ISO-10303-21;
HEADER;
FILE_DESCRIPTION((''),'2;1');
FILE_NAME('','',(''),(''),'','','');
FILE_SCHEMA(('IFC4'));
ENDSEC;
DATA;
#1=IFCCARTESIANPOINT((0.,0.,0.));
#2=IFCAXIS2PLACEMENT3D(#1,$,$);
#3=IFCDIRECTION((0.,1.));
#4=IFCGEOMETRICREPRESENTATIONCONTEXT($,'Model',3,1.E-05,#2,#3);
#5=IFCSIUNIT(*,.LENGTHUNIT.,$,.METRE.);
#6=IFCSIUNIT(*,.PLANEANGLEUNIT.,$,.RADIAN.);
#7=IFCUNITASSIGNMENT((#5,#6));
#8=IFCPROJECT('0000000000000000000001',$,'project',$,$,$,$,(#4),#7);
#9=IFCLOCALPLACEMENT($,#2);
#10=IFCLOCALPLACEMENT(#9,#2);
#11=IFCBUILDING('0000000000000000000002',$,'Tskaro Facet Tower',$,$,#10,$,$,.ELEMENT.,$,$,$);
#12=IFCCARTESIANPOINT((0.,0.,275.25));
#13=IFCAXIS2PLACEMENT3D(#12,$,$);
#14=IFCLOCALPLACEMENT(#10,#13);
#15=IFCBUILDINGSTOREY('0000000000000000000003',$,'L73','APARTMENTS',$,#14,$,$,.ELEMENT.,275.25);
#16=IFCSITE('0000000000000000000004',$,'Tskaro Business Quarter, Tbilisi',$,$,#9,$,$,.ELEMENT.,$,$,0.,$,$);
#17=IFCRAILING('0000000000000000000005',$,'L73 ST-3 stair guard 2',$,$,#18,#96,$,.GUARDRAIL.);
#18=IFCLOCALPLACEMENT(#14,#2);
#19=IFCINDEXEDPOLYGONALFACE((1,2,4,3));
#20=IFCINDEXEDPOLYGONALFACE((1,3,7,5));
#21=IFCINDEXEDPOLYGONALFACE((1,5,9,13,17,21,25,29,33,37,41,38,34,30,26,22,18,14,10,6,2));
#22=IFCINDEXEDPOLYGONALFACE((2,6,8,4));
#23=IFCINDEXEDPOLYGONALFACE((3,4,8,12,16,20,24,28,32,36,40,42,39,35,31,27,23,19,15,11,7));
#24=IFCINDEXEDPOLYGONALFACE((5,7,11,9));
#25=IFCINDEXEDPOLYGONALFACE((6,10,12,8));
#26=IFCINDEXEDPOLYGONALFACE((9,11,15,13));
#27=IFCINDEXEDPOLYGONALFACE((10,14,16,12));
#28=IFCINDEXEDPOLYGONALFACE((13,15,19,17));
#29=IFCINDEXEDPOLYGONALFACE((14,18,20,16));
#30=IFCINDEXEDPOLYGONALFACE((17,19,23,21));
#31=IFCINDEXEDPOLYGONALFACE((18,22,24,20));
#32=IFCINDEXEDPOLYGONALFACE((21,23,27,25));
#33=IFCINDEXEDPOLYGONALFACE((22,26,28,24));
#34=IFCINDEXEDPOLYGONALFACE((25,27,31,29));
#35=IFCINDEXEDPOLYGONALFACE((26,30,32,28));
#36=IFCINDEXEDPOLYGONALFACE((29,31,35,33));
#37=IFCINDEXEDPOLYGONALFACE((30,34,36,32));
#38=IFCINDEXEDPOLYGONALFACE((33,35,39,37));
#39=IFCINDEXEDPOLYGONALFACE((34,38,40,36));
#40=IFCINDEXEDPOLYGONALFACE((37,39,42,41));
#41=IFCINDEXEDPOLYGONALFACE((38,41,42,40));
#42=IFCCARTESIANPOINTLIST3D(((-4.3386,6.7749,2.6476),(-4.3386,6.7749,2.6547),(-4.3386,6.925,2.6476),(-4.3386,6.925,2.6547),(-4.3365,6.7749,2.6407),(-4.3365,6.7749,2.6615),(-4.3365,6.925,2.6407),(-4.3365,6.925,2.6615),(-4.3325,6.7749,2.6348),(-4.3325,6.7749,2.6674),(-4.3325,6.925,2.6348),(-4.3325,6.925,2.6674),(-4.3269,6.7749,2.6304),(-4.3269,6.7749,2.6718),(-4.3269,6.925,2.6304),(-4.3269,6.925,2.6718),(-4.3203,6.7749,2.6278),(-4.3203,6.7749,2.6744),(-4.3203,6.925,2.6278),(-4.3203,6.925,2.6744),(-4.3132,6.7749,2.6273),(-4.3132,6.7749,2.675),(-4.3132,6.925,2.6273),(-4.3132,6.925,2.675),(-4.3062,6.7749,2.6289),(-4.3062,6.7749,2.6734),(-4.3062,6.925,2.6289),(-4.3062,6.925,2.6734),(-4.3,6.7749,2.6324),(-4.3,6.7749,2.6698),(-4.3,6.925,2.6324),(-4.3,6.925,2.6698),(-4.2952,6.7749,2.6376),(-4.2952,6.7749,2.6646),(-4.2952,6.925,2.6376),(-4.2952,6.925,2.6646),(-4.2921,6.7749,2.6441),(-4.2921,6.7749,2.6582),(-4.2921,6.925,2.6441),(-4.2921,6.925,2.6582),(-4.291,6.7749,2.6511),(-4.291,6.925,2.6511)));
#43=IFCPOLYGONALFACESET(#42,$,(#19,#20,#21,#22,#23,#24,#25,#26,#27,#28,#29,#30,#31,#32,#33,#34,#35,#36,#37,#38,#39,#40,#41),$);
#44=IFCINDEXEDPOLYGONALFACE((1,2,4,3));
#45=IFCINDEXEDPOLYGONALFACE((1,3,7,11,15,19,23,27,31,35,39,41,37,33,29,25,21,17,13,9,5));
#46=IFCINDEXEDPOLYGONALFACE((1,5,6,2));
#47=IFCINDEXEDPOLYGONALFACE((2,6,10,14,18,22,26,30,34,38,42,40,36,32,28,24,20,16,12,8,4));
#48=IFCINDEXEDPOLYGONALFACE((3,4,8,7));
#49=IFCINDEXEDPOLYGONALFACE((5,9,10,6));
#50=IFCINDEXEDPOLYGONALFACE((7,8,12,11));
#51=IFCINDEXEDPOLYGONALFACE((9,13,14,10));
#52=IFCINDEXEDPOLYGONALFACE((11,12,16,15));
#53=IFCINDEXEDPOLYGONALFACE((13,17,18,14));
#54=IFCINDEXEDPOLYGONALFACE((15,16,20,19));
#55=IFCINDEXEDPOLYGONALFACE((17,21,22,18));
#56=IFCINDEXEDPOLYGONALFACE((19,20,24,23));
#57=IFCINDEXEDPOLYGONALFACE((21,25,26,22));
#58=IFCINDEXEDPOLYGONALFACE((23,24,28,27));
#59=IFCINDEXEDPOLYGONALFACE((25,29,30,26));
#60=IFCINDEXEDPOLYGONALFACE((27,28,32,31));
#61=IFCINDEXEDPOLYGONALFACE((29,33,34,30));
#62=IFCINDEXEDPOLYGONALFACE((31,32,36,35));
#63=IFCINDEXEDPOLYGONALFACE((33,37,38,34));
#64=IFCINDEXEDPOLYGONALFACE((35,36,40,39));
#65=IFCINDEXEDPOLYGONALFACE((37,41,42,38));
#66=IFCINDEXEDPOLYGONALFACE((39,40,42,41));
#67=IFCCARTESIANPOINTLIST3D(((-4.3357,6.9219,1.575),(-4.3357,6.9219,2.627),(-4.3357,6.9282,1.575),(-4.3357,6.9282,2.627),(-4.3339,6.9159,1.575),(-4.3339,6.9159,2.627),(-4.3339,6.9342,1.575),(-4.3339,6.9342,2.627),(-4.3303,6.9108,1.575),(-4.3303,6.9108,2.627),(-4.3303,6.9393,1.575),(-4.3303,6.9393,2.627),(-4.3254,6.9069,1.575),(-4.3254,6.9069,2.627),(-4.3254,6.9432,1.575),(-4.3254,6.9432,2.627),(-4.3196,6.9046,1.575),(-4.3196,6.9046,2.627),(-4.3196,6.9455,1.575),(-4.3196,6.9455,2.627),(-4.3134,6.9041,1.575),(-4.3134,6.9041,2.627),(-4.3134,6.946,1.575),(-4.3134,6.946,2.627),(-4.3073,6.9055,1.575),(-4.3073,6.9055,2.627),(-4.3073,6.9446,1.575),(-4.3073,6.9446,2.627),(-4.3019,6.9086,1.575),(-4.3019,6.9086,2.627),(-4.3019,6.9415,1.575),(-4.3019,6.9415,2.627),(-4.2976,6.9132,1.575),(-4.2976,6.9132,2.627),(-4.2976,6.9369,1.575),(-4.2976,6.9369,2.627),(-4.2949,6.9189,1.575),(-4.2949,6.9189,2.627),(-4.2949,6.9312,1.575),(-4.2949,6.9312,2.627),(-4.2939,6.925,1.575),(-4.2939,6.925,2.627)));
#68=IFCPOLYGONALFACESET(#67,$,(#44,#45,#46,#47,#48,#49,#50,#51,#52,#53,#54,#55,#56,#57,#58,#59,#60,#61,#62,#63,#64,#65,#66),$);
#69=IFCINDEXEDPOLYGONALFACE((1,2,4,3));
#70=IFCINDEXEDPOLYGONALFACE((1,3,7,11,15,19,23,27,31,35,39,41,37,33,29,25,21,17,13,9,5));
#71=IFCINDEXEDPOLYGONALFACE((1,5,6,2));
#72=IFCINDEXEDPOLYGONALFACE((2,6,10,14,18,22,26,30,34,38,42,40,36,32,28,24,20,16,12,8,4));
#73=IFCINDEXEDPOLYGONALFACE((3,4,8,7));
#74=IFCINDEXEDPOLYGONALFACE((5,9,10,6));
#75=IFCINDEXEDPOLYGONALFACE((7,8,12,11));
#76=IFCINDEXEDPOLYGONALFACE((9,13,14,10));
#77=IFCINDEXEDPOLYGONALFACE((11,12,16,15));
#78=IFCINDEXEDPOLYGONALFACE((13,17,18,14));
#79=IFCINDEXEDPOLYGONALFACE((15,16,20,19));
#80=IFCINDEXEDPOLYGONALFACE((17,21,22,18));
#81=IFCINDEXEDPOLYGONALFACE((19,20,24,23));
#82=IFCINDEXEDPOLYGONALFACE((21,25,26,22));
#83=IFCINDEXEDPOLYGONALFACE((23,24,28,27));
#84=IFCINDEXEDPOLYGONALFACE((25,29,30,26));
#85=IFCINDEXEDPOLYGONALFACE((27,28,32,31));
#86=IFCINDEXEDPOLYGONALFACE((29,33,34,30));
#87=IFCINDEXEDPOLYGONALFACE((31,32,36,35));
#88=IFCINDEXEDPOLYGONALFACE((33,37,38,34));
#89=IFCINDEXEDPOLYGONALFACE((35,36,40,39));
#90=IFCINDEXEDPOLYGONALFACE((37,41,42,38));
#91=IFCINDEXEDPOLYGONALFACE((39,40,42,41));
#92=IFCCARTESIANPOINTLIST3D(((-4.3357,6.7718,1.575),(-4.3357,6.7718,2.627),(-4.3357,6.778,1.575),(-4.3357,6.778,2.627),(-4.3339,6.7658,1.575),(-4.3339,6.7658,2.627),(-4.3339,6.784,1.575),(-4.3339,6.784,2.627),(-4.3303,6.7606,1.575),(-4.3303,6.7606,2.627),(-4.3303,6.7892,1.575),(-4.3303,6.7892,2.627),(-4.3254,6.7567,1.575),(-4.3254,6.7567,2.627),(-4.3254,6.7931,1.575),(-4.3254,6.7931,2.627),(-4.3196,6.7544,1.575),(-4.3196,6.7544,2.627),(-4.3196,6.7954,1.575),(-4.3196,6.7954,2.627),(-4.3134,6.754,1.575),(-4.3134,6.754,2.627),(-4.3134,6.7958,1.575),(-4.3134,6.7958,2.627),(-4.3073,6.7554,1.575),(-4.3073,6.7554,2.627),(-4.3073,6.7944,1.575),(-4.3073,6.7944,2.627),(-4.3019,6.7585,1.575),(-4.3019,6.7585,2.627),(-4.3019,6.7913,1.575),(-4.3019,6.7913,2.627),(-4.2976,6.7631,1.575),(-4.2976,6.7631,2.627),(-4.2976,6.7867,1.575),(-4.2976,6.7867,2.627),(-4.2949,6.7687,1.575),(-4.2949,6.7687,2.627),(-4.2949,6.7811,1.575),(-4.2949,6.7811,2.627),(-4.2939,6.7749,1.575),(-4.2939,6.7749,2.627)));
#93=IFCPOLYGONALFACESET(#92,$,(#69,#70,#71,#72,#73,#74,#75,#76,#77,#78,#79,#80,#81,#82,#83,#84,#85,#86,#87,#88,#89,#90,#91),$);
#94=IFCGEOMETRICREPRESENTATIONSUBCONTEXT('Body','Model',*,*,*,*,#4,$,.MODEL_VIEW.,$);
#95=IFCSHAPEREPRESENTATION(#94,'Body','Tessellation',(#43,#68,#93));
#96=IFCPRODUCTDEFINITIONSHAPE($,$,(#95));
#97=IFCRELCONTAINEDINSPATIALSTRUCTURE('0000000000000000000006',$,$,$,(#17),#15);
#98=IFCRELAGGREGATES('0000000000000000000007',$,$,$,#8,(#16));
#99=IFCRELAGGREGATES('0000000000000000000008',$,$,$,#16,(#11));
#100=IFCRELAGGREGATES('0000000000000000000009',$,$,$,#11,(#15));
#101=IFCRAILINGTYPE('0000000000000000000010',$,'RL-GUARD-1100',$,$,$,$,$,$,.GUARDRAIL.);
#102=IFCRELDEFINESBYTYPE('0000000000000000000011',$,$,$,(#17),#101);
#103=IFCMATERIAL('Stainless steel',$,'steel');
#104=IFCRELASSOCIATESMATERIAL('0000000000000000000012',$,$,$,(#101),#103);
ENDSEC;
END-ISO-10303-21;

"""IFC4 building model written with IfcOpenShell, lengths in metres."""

from ifc_helpers import new_model, si_unit, direction, frame, origin, origin_2d, place, context, subcontext, project, spatial, circle, extrude, material, type_object, element, save


model = new_model("IFC4")

# Units and contexts
model_context = context("Model", 3, precision=1e-05, world=origin(), true_north=direction((0.0, 1.0)))
body_context = subcontext(model_context, "Body", "Model", "MODEL_VIEW")
ifc_project = project(units=[si_unit("LENGTHUNIT", "METRE"), si_unit("PLANEANGLEUNIT", "RADIAN")], contexts=[model_context])

# Site, building, storey
site_placement = place(None, origin())
site = spatial("IfcSite", under=ifc_project, at=site_placement, Name="Tskaro Business Quarter, Tbilisi", CompositionType="ELEMENT", RefElevation=0.0)
building_placement = place(site_placement, origin())
building = spatial("IfcBuilding", under=site, at=building_placement, Name="Tskaro Facet Tower", CompositionType="ELEMENT")
storey_placement = place(building_placement, frame((0.0, 0.0, 275.25)))
storey = spatial("IfcBuildingStorey", under=building, at=storey_placement, Name="L73", Description="APARTMENTS", CompositionType="ELEMENT", Elevation=275.25)

# Railing
ifc_material_1 = material(Name="Stainless steel", Category="steel")
railing_type_1 = type_object("IfcRailingType", Name="RL-GUARD-1100", PredefinedType="GUARDRAIL", material=ifc_material_1)
railing_1_placement = place(storey_placement, frame((-4.3149, 6.925, 1.575)))
element("IfcRailing", 1, at=railing_1_placement, inside=storey, type_object=railing_type_1, Name="L73 ST-3 stair guard 2", PredefinedType="GUARDRAIL", context=body_context, shape_type="SweptSolid", body=[
    extrude(circle(Radius=0.0239, at=origin_2d()), frame((0.0, 0.0, 1.0762), z_axis=(0.0, -1.0, 0.0), x_axis=(1.0, 0.0, 0.0)), (0.0, 0.0, 1.0), 0.1501),
    extrude(circle(Radius=0.021, at=origin_2d()), origin(), (0.0, 0.0, 1.0), 1.052),
    extrude(circle(Radius=0.021, at=origin_2d()), frame((0.0, -0.1501, 0.0)), (0.0, 0.0, 1.0), 1.052),
])

save(model, "model.ifc")
